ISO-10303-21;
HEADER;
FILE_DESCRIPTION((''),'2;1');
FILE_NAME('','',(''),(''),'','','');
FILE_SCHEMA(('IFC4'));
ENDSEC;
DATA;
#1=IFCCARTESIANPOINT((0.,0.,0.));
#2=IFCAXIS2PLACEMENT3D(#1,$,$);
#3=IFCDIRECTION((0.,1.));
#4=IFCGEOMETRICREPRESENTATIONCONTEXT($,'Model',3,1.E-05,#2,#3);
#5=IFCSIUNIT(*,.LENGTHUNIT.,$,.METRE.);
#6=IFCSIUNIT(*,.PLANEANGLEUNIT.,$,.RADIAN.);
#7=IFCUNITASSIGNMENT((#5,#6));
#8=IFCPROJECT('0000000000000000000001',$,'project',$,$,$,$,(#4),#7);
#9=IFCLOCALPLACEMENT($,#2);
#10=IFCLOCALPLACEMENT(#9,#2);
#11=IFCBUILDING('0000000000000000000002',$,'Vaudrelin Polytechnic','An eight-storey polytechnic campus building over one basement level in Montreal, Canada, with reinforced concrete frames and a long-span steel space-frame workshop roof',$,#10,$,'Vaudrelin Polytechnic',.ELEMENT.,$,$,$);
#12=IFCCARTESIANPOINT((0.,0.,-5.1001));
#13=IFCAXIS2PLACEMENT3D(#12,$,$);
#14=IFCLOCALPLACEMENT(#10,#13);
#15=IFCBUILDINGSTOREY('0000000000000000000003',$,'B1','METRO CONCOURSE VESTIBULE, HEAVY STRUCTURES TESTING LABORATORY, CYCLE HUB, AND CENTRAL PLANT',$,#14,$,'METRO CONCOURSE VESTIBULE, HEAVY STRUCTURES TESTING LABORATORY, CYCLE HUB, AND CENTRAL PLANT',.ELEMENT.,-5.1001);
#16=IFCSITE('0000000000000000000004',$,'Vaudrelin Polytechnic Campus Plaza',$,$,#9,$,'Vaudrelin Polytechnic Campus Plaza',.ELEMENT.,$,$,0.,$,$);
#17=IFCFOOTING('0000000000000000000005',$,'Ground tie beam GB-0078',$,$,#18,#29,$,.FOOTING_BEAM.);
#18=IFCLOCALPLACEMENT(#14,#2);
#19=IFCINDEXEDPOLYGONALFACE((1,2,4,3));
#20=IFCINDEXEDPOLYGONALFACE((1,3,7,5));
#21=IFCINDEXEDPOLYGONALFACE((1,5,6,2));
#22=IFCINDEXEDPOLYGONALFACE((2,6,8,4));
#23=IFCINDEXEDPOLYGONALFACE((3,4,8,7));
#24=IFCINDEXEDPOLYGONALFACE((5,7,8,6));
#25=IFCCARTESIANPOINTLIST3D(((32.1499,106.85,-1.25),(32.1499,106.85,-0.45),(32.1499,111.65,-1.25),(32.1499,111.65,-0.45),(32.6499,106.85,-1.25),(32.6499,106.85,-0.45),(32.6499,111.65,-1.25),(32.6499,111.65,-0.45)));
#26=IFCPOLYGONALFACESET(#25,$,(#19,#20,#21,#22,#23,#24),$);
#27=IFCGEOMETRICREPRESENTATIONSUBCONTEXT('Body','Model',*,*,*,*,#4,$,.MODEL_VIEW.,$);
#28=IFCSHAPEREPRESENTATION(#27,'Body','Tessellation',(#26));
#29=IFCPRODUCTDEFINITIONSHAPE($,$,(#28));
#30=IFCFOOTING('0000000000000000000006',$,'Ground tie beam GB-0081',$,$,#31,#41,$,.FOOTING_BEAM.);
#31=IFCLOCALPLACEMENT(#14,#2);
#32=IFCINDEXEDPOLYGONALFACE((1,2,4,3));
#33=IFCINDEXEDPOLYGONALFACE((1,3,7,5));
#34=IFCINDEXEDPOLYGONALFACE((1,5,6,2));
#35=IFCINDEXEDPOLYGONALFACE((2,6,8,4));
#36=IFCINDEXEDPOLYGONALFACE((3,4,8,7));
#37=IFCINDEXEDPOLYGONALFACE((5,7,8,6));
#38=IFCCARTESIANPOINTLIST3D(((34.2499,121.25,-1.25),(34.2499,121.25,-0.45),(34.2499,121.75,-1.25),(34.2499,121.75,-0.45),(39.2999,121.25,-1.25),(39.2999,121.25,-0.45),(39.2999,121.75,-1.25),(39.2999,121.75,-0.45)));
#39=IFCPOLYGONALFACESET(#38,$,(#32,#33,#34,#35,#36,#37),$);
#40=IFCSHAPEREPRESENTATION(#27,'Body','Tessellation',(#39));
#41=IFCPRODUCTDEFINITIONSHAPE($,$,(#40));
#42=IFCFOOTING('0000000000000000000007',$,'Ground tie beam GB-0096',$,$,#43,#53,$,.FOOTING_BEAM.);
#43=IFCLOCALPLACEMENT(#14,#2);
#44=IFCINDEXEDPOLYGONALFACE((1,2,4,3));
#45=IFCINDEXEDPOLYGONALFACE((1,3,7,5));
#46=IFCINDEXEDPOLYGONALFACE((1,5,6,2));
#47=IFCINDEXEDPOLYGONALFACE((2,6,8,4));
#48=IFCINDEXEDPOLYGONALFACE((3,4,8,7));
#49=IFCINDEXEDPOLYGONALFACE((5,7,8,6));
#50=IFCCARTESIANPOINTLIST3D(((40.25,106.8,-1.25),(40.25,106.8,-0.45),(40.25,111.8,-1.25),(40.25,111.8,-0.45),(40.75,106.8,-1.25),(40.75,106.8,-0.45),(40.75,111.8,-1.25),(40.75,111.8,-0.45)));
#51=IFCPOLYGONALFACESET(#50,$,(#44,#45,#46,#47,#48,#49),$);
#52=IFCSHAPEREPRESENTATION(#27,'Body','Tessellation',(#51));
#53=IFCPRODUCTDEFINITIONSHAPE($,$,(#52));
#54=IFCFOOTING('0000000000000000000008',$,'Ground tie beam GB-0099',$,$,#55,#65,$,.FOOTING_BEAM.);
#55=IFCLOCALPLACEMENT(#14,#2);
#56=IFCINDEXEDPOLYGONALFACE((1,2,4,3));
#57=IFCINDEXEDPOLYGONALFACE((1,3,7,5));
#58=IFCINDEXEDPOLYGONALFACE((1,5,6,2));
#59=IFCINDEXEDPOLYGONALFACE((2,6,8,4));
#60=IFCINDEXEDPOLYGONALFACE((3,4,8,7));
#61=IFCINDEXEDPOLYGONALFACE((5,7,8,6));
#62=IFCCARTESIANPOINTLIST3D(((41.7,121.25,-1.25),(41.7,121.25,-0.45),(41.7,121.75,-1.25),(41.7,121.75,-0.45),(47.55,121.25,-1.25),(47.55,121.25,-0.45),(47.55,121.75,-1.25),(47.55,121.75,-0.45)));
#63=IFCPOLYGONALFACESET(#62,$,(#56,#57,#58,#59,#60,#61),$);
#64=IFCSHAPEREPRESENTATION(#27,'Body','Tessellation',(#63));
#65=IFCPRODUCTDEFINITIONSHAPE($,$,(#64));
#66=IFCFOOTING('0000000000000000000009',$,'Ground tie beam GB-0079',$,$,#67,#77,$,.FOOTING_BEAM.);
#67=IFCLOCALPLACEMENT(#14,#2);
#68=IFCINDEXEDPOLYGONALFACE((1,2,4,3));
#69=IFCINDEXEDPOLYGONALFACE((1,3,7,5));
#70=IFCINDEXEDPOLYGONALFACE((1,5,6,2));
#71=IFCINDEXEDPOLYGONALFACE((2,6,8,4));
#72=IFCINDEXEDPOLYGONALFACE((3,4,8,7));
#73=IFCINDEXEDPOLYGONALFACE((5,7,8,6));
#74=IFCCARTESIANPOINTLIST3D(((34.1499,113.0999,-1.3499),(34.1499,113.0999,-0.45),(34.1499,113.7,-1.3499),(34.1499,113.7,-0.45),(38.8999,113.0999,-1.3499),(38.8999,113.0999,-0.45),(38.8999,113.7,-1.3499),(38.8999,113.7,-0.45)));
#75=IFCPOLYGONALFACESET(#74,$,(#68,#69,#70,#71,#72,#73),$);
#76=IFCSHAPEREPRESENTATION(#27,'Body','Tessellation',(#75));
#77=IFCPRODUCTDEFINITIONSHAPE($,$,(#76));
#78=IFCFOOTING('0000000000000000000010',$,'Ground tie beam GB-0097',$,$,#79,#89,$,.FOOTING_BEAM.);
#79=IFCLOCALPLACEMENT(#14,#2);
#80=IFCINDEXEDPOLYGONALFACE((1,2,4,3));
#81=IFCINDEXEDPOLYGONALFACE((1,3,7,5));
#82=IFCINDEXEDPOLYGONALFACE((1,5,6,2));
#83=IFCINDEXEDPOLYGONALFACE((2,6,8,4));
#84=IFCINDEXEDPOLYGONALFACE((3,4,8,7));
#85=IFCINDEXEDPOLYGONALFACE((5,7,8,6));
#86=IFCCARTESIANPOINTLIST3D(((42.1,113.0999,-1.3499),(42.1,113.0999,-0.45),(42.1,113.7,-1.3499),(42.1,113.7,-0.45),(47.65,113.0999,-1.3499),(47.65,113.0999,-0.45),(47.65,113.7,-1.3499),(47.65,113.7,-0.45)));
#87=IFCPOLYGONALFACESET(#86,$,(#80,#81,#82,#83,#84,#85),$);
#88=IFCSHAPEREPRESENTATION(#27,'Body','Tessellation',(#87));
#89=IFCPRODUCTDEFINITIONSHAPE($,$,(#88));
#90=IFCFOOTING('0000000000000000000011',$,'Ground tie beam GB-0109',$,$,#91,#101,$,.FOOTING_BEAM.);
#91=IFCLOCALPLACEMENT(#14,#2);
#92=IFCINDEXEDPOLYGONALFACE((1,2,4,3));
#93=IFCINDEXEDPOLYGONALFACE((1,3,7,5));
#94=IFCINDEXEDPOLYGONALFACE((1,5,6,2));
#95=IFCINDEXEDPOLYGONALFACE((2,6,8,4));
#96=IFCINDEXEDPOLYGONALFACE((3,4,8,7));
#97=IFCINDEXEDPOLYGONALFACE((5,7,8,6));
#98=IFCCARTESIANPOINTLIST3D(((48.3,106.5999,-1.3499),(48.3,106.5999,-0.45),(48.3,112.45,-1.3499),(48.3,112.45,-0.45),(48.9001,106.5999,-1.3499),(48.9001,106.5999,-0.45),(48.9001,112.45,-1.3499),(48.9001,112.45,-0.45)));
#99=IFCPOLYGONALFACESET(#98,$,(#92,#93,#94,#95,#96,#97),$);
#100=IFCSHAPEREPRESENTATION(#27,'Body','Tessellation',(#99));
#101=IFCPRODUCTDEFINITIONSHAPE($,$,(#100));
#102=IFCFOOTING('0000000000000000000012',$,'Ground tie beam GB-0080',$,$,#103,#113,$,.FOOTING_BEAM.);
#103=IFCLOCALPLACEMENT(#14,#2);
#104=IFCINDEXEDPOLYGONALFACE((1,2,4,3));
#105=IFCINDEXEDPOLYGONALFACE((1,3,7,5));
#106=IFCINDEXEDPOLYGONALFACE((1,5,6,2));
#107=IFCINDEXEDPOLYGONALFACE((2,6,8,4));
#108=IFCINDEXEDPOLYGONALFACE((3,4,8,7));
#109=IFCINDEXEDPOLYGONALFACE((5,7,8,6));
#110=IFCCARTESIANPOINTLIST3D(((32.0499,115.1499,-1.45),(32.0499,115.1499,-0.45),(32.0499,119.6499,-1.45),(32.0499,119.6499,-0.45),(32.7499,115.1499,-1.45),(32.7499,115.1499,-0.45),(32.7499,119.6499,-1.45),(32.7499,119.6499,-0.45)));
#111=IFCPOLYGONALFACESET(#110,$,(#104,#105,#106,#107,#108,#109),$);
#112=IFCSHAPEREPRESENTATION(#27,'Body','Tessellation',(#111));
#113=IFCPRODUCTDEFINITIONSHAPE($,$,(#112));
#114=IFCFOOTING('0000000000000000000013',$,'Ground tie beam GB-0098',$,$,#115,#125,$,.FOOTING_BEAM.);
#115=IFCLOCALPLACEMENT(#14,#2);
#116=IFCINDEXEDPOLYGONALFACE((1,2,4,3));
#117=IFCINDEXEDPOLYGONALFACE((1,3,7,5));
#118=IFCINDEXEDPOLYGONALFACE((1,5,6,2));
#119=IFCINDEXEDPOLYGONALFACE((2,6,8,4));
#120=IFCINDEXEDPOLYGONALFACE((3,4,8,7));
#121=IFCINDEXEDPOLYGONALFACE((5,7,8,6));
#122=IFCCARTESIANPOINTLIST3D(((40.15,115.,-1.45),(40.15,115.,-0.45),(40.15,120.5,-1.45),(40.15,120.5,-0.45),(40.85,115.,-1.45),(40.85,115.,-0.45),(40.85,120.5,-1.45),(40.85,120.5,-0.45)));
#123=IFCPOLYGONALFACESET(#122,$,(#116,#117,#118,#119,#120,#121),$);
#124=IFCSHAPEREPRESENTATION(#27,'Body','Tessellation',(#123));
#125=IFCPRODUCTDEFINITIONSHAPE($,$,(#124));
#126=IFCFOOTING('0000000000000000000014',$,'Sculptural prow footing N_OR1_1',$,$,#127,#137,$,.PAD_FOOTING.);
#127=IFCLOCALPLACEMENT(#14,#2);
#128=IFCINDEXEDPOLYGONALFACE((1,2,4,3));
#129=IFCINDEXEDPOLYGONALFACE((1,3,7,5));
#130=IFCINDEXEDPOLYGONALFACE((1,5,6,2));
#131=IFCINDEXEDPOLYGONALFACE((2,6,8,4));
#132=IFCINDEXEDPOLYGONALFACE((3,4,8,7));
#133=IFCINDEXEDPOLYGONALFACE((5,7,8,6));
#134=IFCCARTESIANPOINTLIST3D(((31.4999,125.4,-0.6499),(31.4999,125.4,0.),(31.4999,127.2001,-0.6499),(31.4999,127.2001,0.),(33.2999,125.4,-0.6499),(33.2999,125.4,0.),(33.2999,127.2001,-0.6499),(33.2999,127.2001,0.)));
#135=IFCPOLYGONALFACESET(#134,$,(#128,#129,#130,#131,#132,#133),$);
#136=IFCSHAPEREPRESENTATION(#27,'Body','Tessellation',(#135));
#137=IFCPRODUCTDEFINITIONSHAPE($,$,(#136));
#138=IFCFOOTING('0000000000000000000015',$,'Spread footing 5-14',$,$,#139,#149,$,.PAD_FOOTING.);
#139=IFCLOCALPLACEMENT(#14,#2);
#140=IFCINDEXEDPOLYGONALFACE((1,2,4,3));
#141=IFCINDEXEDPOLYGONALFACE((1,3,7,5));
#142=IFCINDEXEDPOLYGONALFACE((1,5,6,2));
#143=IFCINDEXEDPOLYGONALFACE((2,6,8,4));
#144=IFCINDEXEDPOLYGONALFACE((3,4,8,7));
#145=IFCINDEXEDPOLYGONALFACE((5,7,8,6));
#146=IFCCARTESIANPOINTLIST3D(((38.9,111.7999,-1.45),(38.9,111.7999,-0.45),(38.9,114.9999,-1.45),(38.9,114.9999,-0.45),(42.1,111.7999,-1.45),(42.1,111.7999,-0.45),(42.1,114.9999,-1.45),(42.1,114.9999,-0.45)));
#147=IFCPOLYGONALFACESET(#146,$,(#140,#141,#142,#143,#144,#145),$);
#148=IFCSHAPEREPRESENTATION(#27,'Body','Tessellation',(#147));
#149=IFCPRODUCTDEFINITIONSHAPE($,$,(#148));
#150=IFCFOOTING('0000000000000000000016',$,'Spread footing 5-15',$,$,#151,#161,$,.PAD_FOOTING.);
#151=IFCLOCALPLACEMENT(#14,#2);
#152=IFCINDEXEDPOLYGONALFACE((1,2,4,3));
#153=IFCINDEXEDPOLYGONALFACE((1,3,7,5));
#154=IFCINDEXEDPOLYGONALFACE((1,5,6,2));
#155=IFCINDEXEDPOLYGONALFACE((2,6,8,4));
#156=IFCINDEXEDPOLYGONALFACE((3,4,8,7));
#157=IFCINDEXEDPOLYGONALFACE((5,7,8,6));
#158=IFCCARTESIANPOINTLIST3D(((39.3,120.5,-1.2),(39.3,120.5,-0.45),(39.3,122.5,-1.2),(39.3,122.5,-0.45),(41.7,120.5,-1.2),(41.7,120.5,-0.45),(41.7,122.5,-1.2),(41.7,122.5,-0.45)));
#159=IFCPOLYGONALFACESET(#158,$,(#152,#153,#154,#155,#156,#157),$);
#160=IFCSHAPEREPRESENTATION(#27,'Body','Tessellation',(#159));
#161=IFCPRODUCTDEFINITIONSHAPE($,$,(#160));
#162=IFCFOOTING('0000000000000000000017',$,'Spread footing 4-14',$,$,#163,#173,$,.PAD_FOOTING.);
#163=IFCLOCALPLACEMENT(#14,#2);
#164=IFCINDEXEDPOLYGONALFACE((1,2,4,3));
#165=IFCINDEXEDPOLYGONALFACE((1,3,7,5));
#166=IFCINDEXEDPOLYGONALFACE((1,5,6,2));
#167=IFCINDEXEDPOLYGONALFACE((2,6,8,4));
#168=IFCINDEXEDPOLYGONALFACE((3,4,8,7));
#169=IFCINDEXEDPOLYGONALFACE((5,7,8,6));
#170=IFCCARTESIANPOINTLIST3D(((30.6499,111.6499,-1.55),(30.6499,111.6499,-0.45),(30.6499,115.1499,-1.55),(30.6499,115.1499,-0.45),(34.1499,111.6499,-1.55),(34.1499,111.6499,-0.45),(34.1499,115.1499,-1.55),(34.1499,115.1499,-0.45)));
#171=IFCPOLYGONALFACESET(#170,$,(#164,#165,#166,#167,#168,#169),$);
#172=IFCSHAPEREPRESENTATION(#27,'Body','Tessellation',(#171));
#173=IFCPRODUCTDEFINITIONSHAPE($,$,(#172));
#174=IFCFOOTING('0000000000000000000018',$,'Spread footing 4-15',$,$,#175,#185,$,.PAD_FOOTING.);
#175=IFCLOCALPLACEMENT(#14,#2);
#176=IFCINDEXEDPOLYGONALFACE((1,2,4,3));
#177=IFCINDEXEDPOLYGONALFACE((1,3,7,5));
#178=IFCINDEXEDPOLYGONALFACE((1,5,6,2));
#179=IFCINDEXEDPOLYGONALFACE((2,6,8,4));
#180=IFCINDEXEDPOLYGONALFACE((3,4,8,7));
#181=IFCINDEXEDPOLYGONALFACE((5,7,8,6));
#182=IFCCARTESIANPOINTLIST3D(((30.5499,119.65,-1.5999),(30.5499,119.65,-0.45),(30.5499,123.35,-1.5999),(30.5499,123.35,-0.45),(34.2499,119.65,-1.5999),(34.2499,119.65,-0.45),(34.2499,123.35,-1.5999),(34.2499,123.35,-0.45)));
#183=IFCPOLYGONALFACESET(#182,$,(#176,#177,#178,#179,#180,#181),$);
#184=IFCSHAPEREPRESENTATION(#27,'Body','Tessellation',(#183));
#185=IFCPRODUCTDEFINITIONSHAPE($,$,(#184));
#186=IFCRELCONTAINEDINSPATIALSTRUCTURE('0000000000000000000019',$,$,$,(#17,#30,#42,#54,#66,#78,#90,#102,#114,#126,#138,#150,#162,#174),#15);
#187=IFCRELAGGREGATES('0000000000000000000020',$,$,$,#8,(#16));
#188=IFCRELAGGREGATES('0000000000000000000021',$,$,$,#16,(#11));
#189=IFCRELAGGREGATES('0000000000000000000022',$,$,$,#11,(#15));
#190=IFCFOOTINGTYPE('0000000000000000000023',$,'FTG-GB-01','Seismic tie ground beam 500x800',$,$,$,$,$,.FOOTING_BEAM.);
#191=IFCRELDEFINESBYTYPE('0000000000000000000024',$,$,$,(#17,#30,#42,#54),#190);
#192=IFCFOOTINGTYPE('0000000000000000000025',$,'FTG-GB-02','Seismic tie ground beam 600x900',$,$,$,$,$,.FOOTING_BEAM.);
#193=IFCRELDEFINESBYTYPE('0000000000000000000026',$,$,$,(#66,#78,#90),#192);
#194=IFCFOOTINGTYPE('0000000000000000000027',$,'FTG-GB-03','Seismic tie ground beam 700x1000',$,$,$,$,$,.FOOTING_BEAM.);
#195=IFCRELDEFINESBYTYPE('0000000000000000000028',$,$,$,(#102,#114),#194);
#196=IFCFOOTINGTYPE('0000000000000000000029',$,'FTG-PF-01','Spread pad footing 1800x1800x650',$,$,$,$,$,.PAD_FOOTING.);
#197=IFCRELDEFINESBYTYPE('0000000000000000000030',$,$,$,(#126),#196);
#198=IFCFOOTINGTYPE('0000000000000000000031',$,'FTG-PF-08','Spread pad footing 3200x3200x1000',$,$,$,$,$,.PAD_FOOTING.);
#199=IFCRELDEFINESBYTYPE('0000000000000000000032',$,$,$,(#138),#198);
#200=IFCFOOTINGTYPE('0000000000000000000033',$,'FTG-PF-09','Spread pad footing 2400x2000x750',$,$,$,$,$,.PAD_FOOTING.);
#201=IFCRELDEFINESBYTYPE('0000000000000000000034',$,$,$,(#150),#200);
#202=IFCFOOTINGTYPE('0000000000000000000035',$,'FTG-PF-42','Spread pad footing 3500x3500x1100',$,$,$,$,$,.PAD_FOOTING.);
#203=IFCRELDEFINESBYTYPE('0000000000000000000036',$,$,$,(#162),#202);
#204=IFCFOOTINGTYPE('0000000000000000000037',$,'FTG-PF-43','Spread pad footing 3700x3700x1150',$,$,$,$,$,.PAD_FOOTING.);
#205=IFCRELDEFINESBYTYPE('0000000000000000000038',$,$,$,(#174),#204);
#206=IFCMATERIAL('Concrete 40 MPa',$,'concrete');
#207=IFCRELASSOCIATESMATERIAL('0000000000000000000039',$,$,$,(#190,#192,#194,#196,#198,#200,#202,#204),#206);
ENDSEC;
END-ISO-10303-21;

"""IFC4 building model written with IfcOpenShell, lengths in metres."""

from ifc_helpers import new_model, si_unit, direction, frame, origin, origin_2d, place, context, subcontext, project, spatial, rectangle, extrude, material, type_object, element, save


model = new_model("IFC4")

# Units and contexts
model_context = context("Model", 3, precision=1e-05, world=origin(), true_north=direction((0.0, 1.0)))
body_context = subcontext(model_context, "Body", "Model", "MODEL_VIEW")
ifc_project = project(units=[si_unit("LENGTHUNIT", "METRE"), si_unit("PLANEANGLEUNIT", "RADIAN")], contexts=[model_context])

# Site, building, storey
site_placement = place(None, origin())
site = spatial("IfcSite", under=ifc_project, at=site_placement, Name="Vaudrelin Polytechnic Campus Plaza", LongName="Vaudrelin Polytechnic Campus Plaza", CompositionType="ELEMENT", RefElevation=0.0)
building_placement = place(site_placement, origin())
building = spatial("IfcBuilding", under=site, at=building_placement, Name="Vaudrelin Polytechnic", Description="An eight-storey polytechnic campus building over one basement level in Montreal, Canada, with reinforced concrete frames and a long-span steel space-frame workshop roof", LongName="Vaudrelin Polytechnic", CompositionType="ELEMENT")
storey_placement = place(building_placement, frame((0.0, 0.0, -5.1001)))
storey = spatial("IfcBuildingStorey", under=building, at=storey_placement, Name="B1", Description="METRO CONCOURSE VESTIBULE, HEAVY STRUCTURES TESTING LABORATORY, CYCLE HUB, AND CENTRAL PLANT", LongName="METRO CONCOURSE VESTIBULE, HEAVY STRUCTURES TESTING LABORATORY, CYCLE HUB, AND CENTRAL PLANT", CompositionType="ELEMENT", Elevation=-5.1001)

# Footings
ifc_material_1 = material(Name="Concrete 40 MPa", Category="concrete")
footing_type_1 = type_object("IfcFootingType", Name="FTG-GB-01", Description="Seismic tie ground beam 500x800", PredefinedType="FOOTING_BEAM", material=ifc_material_1)
footing_1_placement = place(storey_placement, frame((32.3999, 109.25, -1.25), z_axis=(0.0, 0.0, 1.0), x_axis=(1.0, 0.0, 0.0)))
element("IfcFooting", 1, at=footing_1_placement, inside=storey, type_object=footing_type_1, Name="Ground tie beam GB-0078", PredefinedType="FOOTING_BEAM", context=body_context, shape_type="SweptSolid", body=[
    extrude(rectangle(XDim=0.5, YDim=4.8, at=origin_2d()), origin(), (0.0, 0.0, 1.0), 0.8),
])
footing_2_placement = place(storey_placement, frame((36.7749, 121.5, -1.25), z_axis=(0.0, 0.0, 1.0), x_axis=(1.0, 0.0, 0.0)))
element("IfcFooting", 2, at=footing_2_placement, inside=storey, type_object=footing_type_1, Name="Ground tie beam GB-0081", PredefinedType="FOOTING_BEAM", context=body_context, shape_type="SweptSolid", body=[
    extrude(rectangle(XDim=5.05, YDim=0.5, at=origin_2d()), origin(), (0.0, 0.0, 1.0), 0.8),
])
footing_3_placement = place(storey_placement, frame((40.5, 109.3, -1.25), z_axis=(0.0, 0.0, 1.0), x_axis=(1.0, 0.0, 0.0)))
element("IfcFooting", 3, at=footing_3_placement, inside=storey, type_object=footing_type_1, Name="Ground tie beam GB-0096", PredefinedType="FOOTING_BEAM", context=body_context, shape_type="SweptSolid", body=[
    extrude(rectangle(XDim=0.5, YDim=5.0, at=origin_2d()), origin(), (0.0, 0.0, 1.0), 0.8),
])
footing_4_placement = place(storey_placement, frame((44.625, 121.5, -1.25), z_axis=(0.0, 0.0, 1.0), x_axis=(1.0, 0.0, 0.0)))
element("IfcFooting", 4, at=footing_4_placement, inside=storey, type_object=footing_type_1, Name="Ground tie beam GB-0099", PredefinedType="FOOTING_BEAM", context=body_context, shape_type="SweptSolid", body=[
    extrude(rectangle(XDim=5.8501, YDim=0.5, at=origin_2d()), origin(), (0.0, 0.0, 1.0), 0.8),
])
footing_type_2 = type_object("IfcFootingType", Name="FTG-GB-02", Description="Seismic tie ground beam 600x900", PredefinedType="FOOTING_BEAM", material=ifc_material_1)
footing_5_placement = place(storey_placement, frame((36.5249, 113.3999, -1.3499), z_axis=(0.0, 0.0, 1.0), x_axis=(1.0, 0.0, 0.0)))
element("IfcFooting", 5, at=footing_5_placement, inside=storey, type_object=footing_type_2, Name="Ground tie beam GB-0079", PredefinedType="FOOTING_BEAM", context=body_context, shape_type="SweptSolid", body=[
    extrude(rectangle(XDim=4.75, YDim=0.6001, at=origin_2d()), origin(), (0.0, 0.0, 1.0), 0.8999),
])
footing_6_placement = place(storey_placement, frame((44.875, 113.3999, -1.3499), z_axis=(0.0, 0.0, 1.0), x_axis=(1.0, 0.0, 0.0)))
element("IfcFooting", 6, at=footing_6_placement, inside=storey, type_object=footing_type_2, Name="Ground tie beam GB-0097", PredefinedType="FOOTING_BEAM", context=body_context, shape_type="SweptSolid", body=[
    extrude(rectangle(XDim=5.55, YDim=0.6001, at=origin_2d()), origin(), (0.0, 0.0, 1.0), 0.8999),
])
footing_7_placement = place(storey_placement, frame((48.6001, 109.5249, -1.3499), z_axis=(0.0, 0.0, 1.0), x_axis=(1.0, 0.0, 0.0)))
element("IfcFooting", 7, at=footing_7_placement, inside=storey, type_object=footing_type_2, Name="Ground tie beam GB-0109", PredefinedType="FOOTING_BEAM", context=body_context, shape_type="SweptSolid", body=[
    extrude(rectangle(XDim=0.6001, YDim=5.8501, at=origin_2d()), origin(), (0.0, 0.0, 1.0), 0.8999),
])
footing_type_3 = type_object("IfcFootingType", Name="FTG-GB-03", Description="Seismic tie ground beam 700x1000", PredefinedType="FOOTING_BEAM", material=ifc_material_1)
footing_8_placement = place(storey_placement, frame((32.3999, 117.3999, -1.45), z_axis=(0.0, 0.0, 1.0), x_axis=(1.0, 0.0, 0.0)))
element("IfcFooting", 8, at=footing_8_placement, inside=storey, type_object=footing_type_3, Name="Ground tie beam GB-0080", PredefinedType="FOOTING_BEAM", context=body_context, shape_type="SweptSolid", body=[
    extrude(rectangle(XDim=0.7, YDim=4.5, at=origin_2d()), origin(), (0.0, 0.0, 1.0), 1.0),
])
footing_9_placement = place(storey_placement, frame((40.5, 117.75, -1.45), z_axis=(0.0, 0.0, 1.0), x_axis=(1.0, 0.0, 0.0)))
element("IfcFooting", 9, at=footing_9_placement, inside=storey, type_object=footing_type_3, Name="Ground tie beam GB-0098", PredefinedType="FOOTING_BEAM", context=body_context, shape_type="SweptSolid", body=[
    extrude(rectangle(XDim=0.7, YDim=5.5, at=origin_2d()), origin(), (0.0, 0.0, 1.0), 1.0),
])
footing_type_4 = type_object("IfcFootingType", Name="FTG-PF-01", Description="Spread pad footing 1800x1800x650", PredefinedType="PAD_FOOTING", material=ifc_material_1)
footing_10_placement = place(storey_placement, frame((32.3999, 126.3, -0.6499), z_axis=(0.0, 0.0, 1.0), x_axis=(1.0, 0.0, 0.0)))
element("IfcFooting", 10, at=footing_10_placement, inside=storey, type_object=footing_type_4, Name="Sculptural prow footing N_OR1_1", PredefinedType="PAD_FOOTING", context=body_context, shape_type="SweptSolid", body=[
    extrude(rectangle(XDim=1.8, YDim=1.8, at=origin_2d()), origin(), (0.0, 0.0, 1.0), 0.6499),
])
footing_type_5 = type_object("IfcFootingType", Name="FTG-PF-08", Description="Spread pad footing 3200x3200x1000", PredefinedType="PAD_FOOTING", material=ifc_material_1)
footing_11_placement = place(storey_placement, frame((40.5, 113.3999, -1.45), z_axis=(0.0, 0.0, 1.0), x_axis=(1.0, 0.0, 0.0)))
element("IfcFooting", 11, at=footing_11_placement, inside=storey, type_object=footing_type_5, Name="Spread footing 5-14", PredefinedType="PAD_FOOTING", context=body_context, shape_type="SweptSolid", body=[
    extrude(rectangle(XDim=3.2, YDim=3.2, at=origin_2d()), origin(), (0.0, 0.0, 1.0), 1.0),
])
footing_type_6 = type_object("IfcFootingType", Name="FTG-PF-09", Description="Spread pad footing 2400x2000x750", PredefinedType="PAD_FOOTING", material=ifc_material_1)
footing_12_placement = place(storey_placement, frame((40.5, 121.5, -1.2), z_axis=(0.0, 0.0, 1.0), x_axis=(1.0, 0.0, 0.0)))
element("IfcFooting", 12, at=footing_12_placement, inside=storey, type_object=footing_type_6, Name="Spread footing 5-15", PredefinedType="PAD_FOOTING", context=body_context, shape_type="SweptSolid", body=[
    extrude(rectangle(XDim=2.3999, YDim=2.0, at=origin_2d()), origin(), (0.0, 0.0, 1.0), 0.75),
])
footing_type_7 = type_object("IfcFootingType", Name="FTG-PF-42", Description="Spread pad footing 3500x3500x1100", PredefinedType="PAD_FOOTING", material=ifc_material_1)
footing_13_placement = place(storey_placement, frame((32.3999, 113.3999, -1.55), z_axis=(0.0, 0.0, 1.0), x_axis=(1.0, 0.0, 0.0)))
element("IfcFooting", 13, at=footing_13_placement, inside=storey, type_object=footing_type_7, Name="Spread footing 4-14", PredefinedType="PAD_FOOTING", context=body_context, shape_type="SweptSolid", body=[
    extrude(rectangle(XDim=3.5, YDim=3.5, at=origin_2d()), origin(), (0.0, 0.0, 1.0), 1.1001),
])
footing_type_8 = type_object("IfcFootingType", Name="FTG-PF-43", Description="Spread pad footing 3700x3700x1150", PredefinedType="PAD_FOOTING", material=ifc_material_1)
footing_14_placement = place(storey_placement, frame((32.3999, 121.5, -1.5999), z_axis=(0.0, 0.0, 1.0), x_axis=(1.0, 0.0, 0.0)))
element("IfcFooting", 14, at=footing_14_placement, inside=storey, type_object=footing_type_8, Name="Spread footing 4-15", PredefinedType="PAD_FOOTING", context=body_context, shape_type="SweptSolid", body=[
    extrude(rectangle(XDim=3.7, YDim=3.7, at=origin_2d()), origin(), (0.0, 0.0, 1.0), 1.1499),
])

save(model, "model.ifc")
